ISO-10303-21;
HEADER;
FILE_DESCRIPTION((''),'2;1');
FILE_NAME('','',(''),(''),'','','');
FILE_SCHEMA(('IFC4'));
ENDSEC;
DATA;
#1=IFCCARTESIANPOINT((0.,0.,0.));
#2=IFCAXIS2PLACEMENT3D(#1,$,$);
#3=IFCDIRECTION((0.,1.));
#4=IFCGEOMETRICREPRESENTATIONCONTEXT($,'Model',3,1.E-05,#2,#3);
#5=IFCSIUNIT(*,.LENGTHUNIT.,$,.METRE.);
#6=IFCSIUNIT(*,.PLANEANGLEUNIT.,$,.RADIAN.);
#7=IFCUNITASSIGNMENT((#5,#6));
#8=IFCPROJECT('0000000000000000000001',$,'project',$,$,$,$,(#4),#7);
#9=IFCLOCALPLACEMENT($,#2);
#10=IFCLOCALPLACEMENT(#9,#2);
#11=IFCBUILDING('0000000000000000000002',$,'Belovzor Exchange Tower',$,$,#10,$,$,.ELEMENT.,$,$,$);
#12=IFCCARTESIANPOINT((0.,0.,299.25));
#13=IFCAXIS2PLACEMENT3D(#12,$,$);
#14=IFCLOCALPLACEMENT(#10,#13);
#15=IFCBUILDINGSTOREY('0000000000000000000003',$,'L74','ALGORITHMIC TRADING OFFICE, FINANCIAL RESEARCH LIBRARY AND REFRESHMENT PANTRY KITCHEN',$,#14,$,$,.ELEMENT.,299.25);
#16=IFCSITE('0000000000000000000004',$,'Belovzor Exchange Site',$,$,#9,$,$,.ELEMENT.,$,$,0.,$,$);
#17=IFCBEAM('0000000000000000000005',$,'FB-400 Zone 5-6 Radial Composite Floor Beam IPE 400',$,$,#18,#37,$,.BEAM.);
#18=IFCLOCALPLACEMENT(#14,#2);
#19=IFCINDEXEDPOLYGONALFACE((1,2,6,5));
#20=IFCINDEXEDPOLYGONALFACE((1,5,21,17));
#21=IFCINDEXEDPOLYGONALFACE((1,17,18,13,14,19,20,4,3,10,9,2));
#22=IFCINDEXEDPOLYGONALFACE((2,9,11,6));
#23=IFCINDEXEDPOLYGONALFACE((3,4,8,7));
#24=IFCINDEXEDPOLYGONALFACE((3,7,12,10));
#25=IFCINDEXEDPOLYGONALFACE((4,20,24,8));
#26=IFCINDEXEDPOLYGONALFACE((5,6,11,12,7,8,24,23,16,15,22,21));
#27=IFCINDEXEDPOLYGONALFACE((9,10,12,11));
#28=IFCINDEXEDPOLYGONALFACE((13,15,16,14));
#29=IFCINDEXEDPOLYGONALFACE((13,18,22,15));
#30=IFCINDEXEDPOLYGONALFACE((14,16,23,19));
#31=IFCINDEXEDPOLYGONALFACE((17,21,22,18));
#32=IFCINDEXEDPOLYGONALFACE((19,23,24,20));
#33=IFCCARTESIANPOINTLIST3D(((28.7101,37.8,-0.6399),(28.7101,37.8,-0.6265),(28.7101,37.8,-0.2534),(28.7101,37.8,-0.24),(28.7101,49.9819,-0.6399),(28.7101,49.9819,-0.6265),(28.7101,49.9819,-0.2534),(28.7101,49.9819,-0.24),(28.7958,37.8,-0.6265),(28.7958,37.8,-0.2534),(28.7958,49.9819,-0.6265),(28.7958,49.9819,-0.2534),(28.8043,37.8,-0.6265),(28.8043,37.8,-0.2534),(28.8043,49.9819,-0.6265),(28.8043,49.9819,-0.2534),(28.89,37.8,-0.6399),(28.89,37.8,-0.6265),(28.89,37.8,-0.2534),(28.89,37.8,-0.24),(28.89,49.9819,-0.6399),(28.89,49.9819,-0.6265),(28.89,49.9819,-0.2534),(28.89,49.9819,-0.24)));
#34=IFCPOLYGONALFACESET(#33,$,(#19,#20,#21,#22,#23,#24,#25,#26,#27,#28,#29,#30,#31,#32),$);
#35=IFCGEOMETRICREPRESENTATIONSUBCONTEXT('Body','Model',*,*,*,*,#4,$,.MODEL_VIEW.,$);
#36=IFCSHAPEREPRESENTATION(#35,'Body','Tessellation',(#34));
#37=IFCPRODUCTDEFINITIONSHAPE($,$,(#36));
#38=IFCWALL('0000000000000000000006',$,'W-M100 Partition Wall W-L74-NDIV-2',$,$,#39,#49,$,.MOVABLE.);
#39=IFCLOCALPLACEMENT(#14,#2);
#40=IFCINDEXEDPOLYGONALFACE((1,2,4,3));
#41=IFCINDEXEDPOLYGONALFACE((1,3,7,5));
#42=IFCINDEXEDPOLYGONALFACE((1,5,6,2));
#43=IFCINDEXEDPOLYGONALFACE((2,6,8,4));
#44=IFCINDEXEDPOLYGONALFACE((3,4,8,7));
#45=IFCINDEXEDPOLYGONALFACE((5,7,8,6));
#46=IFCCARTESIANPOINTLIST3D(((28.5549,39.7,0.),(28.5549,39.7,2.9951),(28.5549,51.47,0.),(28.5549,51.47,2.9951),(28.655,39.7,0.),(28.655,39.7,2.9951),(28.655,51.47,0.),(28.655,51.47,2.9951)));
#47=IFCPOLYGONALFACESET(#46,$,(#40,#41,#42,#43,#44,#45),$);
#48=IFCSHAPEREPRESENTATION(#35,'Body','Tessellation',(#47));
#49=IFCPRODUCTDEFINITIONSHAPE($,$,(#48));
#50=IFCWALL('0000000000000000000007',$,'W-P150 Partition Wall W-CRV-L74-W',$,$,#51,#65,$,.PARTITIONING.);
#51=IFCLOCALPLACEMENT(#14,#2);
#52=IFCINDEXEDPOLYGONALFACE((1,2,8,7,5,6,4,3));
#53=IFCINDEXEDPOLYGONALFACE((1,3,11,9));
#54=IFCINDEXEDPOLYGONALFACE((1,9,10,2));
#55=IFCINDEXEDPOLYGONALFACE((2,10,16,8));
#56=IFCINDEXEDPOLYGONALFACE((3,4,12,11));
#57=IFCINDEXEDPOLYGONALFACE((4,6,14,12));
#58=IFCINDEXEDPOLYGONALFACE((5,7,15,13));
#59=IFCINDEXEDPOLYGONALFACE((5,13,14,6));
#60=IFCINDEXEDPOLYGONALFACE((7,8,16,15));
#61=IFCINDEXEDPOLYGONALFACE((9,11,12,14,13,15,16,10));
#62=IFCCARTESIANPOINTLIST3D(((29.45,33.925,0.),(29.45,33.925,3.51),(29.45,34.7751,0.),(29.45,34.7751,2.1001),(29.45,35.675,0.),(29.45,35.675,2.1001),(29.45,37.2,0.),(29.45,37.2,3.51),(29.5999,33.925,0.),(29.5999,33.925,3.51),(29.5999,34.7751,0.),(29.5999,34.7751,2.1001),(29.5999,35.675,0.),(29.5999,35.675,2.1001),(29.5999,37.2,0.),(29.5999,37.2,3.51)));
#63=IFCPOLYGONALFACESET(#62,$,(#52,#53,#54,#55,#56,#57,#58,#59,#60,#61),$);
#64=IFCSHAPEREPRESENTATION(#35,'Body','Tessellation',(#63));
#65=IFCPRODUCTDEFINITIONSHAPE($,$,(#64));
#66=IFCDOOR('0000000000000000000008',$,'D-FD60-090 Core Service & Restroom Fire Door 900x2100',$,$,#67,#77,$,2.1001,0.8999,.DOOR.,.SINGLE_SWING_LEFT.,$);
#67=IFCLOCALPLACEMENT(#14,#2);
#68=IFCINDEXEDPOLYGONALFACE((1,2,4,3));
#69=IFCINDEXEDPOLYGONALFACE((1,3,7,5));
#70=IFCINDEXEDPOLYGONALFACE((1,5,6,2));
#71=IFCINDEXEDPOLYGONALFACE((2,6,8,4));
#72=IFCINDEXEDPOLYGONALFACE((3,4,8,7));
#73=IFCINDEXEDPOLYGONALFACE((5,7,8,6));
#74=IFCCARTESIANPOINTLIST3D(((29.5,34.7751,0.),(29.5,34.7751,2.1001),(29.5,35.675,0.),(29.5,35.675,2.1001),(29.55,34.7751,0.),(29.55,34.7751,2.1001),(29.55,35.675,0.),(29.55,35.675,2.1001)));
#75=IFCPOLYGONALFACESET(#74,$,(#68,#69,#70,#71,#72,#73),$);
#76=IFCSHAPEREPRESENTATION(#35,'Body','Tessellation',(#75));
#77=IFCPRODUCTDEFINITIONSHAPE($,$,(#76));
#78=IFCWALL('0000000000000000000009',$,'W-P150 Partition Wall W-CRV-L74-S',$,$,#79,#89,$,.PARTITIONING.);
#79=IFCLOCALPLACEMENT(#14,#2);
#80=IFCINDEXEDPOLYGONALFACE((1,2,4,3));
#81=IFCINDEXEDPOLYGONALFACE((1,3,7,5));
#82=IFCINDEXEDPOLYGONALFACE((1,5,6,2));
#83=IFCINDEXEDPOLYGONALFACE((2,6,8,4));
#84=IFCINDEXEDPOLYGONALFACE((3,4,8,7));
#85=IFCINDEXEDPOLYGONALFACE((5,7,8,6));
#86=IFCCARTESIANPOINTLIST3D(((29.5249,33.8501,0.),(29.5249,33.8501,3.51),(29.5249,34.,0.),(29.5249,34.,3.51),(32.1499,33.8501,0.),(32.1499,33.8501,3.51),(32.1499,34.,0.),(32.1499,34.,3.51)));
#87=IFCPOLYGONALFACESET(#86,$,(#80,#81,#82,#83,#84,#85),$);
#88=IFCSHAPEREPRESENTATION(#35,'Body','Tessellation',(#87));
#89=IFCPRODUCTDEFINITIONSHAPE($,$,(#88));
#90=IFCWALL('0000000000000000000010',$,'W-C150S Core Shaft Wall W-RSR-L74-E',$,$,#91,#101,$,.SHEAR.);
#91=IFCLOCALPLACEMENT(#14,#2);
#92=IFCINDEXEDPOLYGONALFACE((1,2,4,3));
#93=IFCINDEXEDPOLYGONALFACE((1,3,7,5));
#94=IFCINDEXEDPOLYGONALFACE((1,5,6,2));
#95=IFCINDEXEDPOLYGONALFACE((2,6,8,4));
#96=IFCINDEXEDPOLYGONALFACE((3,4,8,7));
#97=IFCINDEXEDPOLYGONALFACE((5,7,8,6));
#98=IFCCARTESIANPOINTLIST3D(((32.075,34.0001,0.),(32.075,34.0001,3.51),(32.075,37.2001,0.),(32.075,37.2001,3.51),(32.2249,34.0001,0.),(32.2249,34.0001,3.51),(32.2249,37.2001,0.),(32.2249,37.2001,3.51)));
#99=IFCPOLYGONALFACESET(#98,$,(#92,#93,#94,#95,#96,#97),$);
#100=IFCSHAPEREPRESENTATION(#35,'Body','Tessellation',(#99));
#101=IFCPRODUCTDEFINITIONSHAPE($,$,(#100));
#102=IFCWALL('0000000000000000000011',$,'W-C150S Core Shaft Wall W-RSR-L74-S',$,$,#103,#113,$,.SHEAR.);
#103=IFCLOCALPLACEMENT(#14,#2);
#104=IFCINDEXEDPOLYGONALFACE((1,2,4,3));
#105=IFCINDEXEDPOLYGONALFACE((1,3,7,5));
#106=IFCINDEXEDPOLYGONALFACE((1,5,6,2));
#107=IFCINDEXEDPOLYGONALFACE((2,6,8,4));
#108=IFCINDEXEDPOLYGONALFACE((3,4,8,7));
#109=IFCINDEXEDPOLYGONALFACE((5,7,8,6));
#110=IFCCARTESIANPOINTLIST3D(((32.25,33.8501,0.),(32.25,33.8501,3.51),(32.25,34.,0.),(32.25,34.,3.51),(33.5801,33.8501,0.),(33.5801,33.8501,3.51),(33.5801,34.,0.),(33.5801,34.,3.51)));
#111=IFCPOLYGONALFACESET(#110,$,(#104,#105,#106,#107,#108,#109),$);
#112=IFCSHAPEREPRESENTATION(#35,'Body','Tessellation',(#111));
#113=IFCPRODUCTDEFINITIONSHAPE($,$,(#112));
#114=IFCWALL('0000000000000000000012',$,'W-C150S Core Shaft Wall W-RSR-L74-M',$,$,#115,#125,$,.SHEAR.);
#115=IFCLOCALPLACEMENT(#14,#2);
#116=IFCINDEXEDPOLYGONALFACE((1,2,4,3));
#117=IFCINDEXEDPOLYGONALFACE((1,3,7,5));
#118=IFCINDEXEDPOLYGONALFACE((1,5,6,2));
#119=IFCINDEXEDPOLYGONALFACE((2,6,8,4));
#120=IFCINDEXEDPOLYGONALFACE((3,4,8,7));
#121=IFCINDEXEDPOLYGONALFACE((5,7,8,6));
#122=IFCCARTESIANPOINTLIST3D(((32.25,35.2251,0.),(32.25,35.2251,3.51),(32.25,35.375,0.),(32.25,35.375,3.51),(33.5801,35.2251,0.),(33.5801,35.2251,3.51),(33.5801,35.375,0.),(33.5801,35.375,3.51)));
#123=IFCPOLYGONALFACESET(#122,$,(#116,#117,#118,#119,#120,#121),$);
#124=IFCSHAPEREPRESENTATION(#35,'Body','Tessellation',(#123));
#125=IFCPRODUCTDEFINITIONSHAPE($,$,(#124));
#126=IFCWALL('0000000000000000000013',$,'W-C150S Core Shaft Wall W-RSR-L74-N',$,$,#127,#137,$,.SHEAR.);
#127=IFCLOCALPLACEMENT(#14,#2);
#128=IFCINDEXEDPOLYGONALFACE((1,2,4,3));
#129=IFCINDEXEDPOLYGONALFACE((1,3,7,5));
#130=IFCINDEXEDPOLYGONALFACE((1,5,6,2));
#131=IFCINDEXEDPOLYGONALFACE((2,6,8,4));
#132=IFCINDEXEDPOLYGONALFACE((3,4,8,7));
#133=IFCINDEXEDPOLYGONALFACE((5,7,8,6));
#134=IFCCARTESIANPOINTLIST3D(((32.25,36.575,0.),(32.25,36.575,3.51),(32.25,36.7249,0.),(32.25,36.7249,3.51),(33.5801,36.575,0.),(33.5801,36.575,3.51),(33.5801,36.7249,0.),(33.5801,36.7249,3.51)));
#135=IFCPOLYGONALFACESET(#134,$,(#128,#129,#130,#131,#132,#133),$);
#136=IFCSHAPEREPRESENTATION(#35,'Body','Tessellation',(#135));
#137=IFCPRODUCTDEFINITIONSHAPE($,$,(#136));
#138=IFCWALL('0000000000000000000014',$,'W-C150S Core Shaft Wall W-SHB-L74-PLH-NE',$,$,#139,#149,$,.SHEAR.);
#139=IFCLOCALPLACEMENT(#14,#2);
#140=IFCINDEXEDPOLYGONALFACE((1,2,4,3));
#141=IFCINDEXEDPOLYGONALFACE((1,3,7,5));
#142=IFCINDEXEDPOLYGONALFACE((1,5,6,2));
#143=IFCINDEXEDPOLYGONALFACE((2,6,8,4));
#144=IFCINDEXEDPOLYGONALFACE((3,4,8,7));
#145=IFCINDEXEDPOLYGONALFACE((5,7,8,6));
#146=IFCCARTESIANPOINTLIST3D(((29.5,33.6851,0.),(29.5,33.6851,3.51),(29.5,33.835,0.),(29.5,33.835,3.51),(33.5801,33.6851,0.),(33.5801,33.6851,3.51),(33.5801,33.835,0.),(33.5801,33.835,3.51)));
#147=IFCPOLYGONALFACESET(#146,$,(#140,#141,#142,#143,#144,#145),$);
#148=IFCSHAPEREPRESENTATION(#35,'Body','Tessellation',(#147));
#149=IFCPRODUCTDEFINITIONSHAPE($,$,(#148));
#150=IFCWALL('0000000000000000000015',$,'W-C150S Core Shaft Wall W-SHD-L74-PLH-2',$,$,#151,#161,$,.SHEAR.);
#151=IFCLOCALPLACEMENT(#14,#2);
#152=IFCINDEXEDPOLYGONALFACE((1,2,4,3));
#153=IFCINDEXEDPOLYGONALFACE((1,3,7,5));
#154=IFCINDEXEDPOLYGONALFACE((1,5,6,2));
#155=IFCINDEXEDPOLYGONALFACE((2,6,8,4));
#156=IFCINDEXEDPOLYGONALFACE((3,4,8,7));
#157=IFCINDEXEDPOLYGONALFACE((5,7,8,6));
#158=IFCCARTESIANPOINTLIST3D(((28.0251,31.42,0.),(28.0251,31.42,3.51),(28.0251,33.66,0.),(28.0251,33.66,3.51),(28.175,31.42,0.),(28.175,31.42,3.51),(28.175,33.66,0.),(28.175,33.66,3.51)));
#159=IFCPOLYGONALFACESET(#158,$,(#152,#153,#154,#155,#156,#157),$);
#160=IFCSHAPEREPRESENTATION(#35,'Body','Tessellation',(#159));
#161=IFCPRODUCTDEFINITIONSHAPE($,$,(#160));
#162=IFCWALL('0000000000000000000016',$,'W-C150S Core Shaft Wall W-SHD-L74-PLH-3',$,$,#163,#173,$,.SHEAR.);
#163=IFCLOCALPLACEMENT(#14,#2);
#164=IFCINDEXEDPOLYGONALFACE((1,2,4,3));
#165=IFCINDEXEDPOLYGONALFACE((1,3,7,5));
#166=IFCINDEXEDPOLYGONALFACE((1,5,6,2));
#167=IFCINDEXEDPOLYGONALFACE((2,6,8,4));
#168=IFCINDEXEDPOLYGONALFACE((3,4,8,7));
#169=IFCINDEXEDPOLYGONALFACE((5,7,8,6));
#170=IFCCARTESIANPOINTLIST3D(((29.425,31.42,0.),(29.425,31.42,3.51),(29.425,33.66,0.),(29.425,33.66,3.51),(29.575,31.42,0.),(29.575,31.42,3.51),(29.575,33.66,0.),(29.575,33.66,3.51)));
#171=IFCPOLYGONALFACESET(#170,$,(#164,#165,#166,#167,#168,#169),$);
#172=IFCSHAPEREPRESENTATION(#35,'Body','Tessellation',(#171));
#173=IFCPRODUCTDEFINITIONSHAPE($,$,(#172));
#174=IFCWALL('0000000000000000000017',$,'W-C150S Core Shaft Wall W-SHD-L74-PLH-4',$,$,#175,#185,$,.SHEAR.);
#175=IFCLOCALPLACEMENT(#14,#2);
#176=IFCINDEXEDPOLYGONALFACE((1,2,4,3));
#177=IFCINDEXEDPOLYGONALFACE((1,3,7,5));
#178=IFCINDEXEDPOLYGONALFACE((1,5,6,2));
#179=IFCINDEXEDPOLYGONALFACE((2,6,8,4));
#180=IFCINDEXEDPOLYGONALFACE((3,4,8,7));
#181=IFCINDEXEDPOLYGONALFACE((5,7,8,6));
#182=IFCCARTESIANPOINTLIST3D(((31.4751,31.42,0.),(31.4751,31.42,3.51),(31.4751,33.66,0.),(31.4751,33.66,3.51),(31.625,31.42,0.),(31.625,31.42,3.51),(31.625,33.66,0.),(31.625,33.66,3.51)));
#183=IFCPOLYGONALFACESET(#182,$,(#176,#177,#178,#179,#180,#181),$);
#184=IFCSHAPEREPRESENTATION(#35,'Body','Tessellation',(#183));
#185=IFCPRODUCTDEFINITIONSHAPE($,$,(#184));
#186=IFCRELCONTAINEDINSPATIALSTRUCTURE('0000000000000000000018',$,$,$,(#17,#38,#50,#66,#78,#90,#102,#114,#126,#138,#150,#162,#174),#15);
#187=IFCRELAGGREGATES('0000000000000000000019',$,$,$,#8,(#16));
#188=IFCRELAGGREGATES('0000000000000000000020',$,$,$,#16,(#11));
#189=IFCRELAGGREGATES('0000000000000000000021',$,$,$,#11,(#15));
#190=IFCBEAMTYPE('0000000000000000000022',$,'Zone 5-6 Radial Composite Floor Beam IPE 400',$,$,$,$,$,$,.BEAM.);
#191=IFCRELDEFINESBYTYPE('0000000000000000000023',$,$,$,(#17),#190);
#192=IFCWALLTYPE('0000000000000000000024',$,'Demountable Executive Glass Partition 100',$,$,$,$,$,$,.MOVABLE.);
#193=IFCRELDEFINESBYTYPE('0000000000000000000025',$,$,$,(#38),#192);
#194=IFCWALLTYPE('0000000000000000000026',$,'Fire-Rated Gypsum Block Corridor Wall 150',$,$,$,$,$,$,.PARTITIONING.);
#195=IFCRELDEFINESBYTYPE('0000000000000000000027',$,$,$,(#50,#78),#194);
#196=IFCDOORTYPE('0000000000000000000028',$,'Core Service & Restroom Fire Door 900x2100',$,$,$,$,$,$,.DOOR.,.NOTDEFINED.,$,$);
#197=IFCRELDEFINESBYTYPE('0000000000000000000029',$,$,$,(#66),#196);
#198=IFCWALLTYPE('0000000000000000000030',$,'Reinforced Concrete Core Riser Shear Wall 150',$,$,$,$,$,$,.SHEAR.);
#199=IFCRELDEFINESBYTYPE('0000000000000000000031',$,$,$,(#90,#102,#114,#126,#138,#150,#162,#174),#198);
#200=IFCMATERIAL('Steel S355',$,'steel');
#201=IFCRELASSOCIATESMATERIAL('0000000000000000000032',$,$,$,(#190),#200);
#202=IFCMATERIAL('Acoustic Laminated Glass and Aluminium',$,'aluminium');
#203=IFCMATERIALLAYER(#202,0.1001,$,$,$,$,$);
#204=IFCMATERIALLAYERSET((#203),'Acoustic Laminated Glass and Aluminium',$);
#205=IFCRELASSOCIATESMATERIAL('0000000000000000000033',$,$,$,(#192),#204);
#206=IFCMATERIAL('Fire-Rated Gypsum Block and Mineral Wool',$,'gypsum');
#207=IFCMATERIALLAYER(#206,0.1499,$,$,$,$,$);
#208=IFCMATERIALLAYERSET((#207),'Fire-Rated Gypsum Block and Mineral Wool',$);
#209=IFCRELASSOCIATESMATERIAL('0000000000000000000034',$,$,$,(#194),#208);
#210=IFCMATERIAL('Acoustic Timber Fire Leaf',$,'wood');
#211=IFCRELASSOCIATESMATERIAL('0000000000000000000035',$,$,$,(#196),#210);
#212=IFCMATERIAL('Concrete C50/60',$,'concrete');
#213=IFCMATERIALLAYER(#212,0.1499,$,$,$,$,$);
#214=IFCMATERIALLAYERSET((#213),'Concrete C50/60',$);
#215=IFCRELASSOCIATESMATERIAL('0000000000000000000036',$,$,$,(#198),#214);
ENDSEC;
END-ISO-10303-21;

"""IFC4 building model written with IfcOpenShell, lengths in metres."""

from ifc_helpers import new_model, si_unit, direction, frame, frame_2d, origin, origin_2d, place, context, subcontext, project, spatial, rectangle, i_section, extrude, material, layer, layer_set, material_profile, profile_set, type_object, element, fill, save


model = new_model("IFC4")

# Units and contexts
model_context = context("Model", 3, precision=1e-05, world=origin(), true_north=direction((0.0, 1.0)))
body_context = subcontext(model_context, "Body", "Model", "MODEL_VIEW")
ifc_project = project(units=[si_unit("LENGTHUNIT", "METRE"), si_unit("PLANEANGLEUNIT", "RADIAN")], contexts=[model_context])

# Site, building, storey
site_placement = place(None, origin())
site = spatial("IfcSite", under=ifc_project, at=site_placement, Name="Belovzor Exchange Site", CompositionType="ELEMENT", RefElevation=0.0)
building_placement = place(site_placement, origin())
building = spatial("IfcBuilding", under=site, at=building_placement, Name="Belovzor Exchange Tower", CompositionType="ELEMENT")
storey_placement = place(building_placement, frame((0.0, 0.0, 299.25)))
storey = spatial("IfcBuildingStorey", under=building, at=storey_placement, Name="L74", Description="ALGORITHMIC TRADING OFFICE, FINANCIAL RESEARCH LIBRARY AND REFRESHMENT PANTRY KITCHEN", CompositionType="ELEMENT", Elevation=299.25)

# Beam
ifc_material_1 = material(Name="Steel S355", Category="steel")
ifc_material_profile = material_profile(ifc_material_1, i_section(OverallWidth=0.1799, OverallDepth=0.3999, WebThickness=0.0085, FlangeThickness=0.0134, at=origin_2d()))
ifc_profile_set = profile_set([ifc_material_profile], Name="Steel S355")
beam_type = type_object("IfcBeamType", Name="Zone 5-6 Radial Composite Floor Beam IPE 400", PredefinedType="BEAM", material=ifc_profile_set)
beam_placement = place(storey_placement, frame((28.8, 37.8, -0.4399), z_axis=(0.0, 1.0, 0.0), x_axis=(-1.0, 0.0, 0.0)))
element("IfcBeam", 1, at=beam_placement, inside=storey, type_object=beam_type, Name="FB-400 Zone 5-6 Radial Composite Floor Beam IPE 400", PredefinedType="BEAM", context=body_context, shape_type="SweptSolid", body=[
    extrude(i_section(OverallWidth=0.1799, OverallDepth=0.3999, WebThickness=0.0085, FlangeThickness=0.0134, at=origin_2d()), origin(), (0.0, 0.0, 1.0), 12.1819),
])

# Wall
ifc_material_2 = material(Name="Acoustic Laminated Glass and Aluminium", Category="aluminium")
ifc_layer_1 = layer(ifc_material_2, 0.1001)
ifc_layer_set_1 = layer_set([ifc_layer_1], Name="Acoustic Laminated Glass and Aluminium")
wall_type_1 = type_object("IfcWallType", Name="Demountable Executive Glass Partition 100", PredefinedType="MOVABLE", material=ifc_layer_set_1)
wall_1_placement = place(storey_placement, frame((28.605, 39.7, 0.0), z_axis=(0.0, 0.0, 1.0), x_axis=(0.0, 1.0, 0.0)))
element("IfcWall", 2, at=wall_1_placement, inside=storey, type_object=wall_type_1, Name="W-M100 Partition Wall W-L74-NDIV-2", PredefinedType="MOVABLE", context=body_context, shape_type="SweptSolid", body=[
    extrude(rectangle(XDim=11.77, YDim=0.1001, at=frame_2d((5.885, 0.0))), origin(), (0.0, 0.0, 1.0), 2.9951),
])

# Wall, opening, door
ifc_material_3 = material(Name="Fire-Rated Gypsum Block and Mineral Wool", Category="gypsum")
ifc_layer_2 = layer(ifc_material_3, 0.1499)
ifc_layer_set_2 = layer_set([ifc_layer_2], Name="Fire-Rated Gypsum Block and Mineral Wool")
wall_type_2 = type_object("IfcWallType", Name="Fire-Rated Gypsum Block Corridor Wall 150", PredefinedType="PARTITIONING", material=ifc_layer_set_2)
wall_2_placement = place(storey_placement, frame((29.5249, 33.925, 0.0), z_axis=(0.0, 0.0, 1.0), x_axis=(0.0, 1.0, 0.0)))
wall_2 = element("IfcWall", 3, at=wall_2_placement, inside=storey, type_object=wall_type_2, Name="W-P150 Partition Wall W-CRV-L74-W", PredefinedType="PARTITIONING", context=body_context, shape_type="SweptSolid", body=[
    extrude(rectangle(XDim=3.2749, YDim=0.1499, at=frame_2d((1.6375, 0.0))), origin(), (0.0, 0.0, 1.0), 3.51),
])
opening_1_placement = place(wall_2_placement, frame((0.8501, 0.0, 0.0)))
opening_1 = element("IfcOpeningElement", 4, at=opening_1_placement, cuts=wall_2, PredefinedType="OPENING", context=body_context, shape_type="SweptSolid", body=[
    extrude(rectangle(XDim=0.8999, YDim=2.1001, at=frame_2d((0.45, 1.05))), frame((0.0, 0.085, 0.0), z_axis=(0.0, -1.0, 0.0), x_axis=(1.0, 0.0, 0.0)), (0.0, 0.0, 1.0), 0.1699),
])
ifc_material_4 = material(Name="Acoustic Timber Fire Leaf", Category="wood")
door_type_1 = type_object("IfcDoorType", Name="Core Service & Restroom Fire Door 900x2100", OperationType="NOTDEFINED", PredefinedType="DOOR", material=ifc_material_4)
door_1_placement = place(opening_1_placement, origin())
door_1 = element("IfcDoor", 5, at=door_1_placement, inside=storey, type_object=door_type_1, Name="D-FD60-090 Core Service & Restroom Fire Door 900x2100", OperationType="SINGLE_SWING_LEFT", OverallHeight=2.1001, OverallWidth=0.8999, PredefinedType="DOOR", context=body_context, shape_type="SweptSolid", body=[
    extrude(rectangle(XDim=0.8999, YDim=2.1001, at=frame_2d((0.45, 1.05))), frame((0.0, 0.0249, 0.0), z_axis=(0.0, -1.0, 0.0), x_axis=(1.0, 0.0, 0.0)), (0.0, 0.0, 1.0), 0.05),
])
fill(opening_1, door_1)

# Walls
wall_3_placement = place(storey_placement, frame((29.5249, 33.925, 0.0), z_axis=(0.0, 0.0, 1.0), x_axis=(1.0, 0.0, 0.0)))
element("IfcWall", 6, at=wall_3_placement, inside=storey, type_object=wall_type_2, Name="W-P150 Partition Wall W-CRV-L74-S", PredefinedType="PARTITIONING", context=body_context, shape_type="SweptSolid", body=[
    extrude(rectangle(XDim=2.625, YDim=0.1499, at=frame_2d((1.3125, 0.0))), origin(), (0.0, 0.0, 1.0), 3.51),
])
ifc_material_5 = material(Name="Concrete C50/60", Category="concrete")
ifc_layer_3 = layer(ifc_material_5, 0.1499)
ifc_layer_set_3 = layer_set([ifc_layer_3], Name="Concrete C50/60")
wall_type_3 = type_object("IfcWallType", Name="Reinforced Concrete Core Riser Shear Wall 150", PredefinedType="SHEAR", material=ifc_layer_set_3)
wall_4_placement = place(storey_placement, frame((32.1499, 34.0, 0.0), z_axis=(0.0, 0.0, 1.0), x_axis=(0.0, 1.0, 0.0)))
element("IfcWall", 7, at=wall_4_placement, inside=storey, type_object=wall_type_3, Name="W-C150S Core Shaft Wall W-RSR-L74-E", PredefinedType="SHEAR", context=body_context, shape_type="SweptSolid", body=[
    extrude(rectangle(XDim=3.2, YDim=0.1499, at=frame_2d((1.6001, 0.0))), origin(), (0.0, 0.0, 1.0), 3.51),
])
for number, where, z_axis, x_axis, name in (
    (8, (32.25, 33.925, 0.0), (0.0, 0.0, 1.0), (1.0, 0.0, 0.0), "W-C150S Core Shaft Wall W-RSR-L74-S"),
    (9, (32.25, 35.3, 0.0), (0.0, 0.0, 1.0), (1.0, 0.0, 0.0), "W-C150S Core Shaft Wall W-RSR-L74-M"),
    (10, (32.25, 36.6499, 0.0), (0.0, 0.0, 1.0), (1.0, 0.0, 0.0), "W-C150S Core Shaft Wall W-RSR-L74-N"),
):
    element("IfcWall", number, at=place(storey_placement, frame(where, z_axis=z_axis, x_axis=x_axis)), inside=storey, type_object=wall_type_3, Name=name, PredefinedType="SHEAR", context=body_context, shape_type="SweptSolid", body=[
        extrude(rectangle(XDim=1.3301, YDim=0.1499, at=frame_2d((0.665, 0.0))), origin(), (0.0, 0.0, 1.0), 3.51),
    ])
wall_5_placement = place(storey_placement, frame((29.5, 33.76, 0.0), z_axis=(0.0, 0.0, 1.0), x_axis=(1.0, 0.0, 0.0)))
element("IfcWall", 11, at=wall_5_placement, inside=storey, type_object=wall_type_3, Name="W-C150S Core Shaft Wall W-SHB-L74-PLH-NE", PredefinedType="SHEAR", context=body_context, shape_type="SweptSolid", body=[
    extrude(rectangle(XDim=4.0801, YDim=0.1499, at=frame_2d((2.04, 0.0))), origin(), (0.0, 0.0, 1.0), 3.51),
])
for number, where, z_axis, x_axis, name in (
    (12, (28.1001, 31.4199, 0.0), (0.0, 0.0, 1.0), (0.0, 1.0, 0.0), "W-C150S Core Shaft Wall W-SHD-L74-PLH-2"),
    (13, (29.5, 31.4199, 0.0), (0.0, 0.0, 1.0), (0.0, 1.0, 0.0), "W-C150S Core Shaft Wall W-SHD-L74-PLH-3"),
    (14, (31.55, 31.4199, 0.0), (0.0, 0.0, 1.0), (0.0, 1.0, 0.0), "W-C150S Core Shaft Wall W-SHD-L74-PLH-4"),
):
    element("IfcWall", number, at=place(storey_placement, frame(where, z_axis=z_axis, x_axis=x_axis)), inside=storey, type_object=wall_type_3, Name=name, PredefinedType="SHEAR", context=body_context, shape_type="SweptSolid", body=[
        extrude(rectangle(XDim=2.24, YDim=0.1499, at=frame_2d((1.1201, 0.0))), origin(), (0.0, 0.0, 1.0), 3.51),
    ])

save(model, "model.ifc")
